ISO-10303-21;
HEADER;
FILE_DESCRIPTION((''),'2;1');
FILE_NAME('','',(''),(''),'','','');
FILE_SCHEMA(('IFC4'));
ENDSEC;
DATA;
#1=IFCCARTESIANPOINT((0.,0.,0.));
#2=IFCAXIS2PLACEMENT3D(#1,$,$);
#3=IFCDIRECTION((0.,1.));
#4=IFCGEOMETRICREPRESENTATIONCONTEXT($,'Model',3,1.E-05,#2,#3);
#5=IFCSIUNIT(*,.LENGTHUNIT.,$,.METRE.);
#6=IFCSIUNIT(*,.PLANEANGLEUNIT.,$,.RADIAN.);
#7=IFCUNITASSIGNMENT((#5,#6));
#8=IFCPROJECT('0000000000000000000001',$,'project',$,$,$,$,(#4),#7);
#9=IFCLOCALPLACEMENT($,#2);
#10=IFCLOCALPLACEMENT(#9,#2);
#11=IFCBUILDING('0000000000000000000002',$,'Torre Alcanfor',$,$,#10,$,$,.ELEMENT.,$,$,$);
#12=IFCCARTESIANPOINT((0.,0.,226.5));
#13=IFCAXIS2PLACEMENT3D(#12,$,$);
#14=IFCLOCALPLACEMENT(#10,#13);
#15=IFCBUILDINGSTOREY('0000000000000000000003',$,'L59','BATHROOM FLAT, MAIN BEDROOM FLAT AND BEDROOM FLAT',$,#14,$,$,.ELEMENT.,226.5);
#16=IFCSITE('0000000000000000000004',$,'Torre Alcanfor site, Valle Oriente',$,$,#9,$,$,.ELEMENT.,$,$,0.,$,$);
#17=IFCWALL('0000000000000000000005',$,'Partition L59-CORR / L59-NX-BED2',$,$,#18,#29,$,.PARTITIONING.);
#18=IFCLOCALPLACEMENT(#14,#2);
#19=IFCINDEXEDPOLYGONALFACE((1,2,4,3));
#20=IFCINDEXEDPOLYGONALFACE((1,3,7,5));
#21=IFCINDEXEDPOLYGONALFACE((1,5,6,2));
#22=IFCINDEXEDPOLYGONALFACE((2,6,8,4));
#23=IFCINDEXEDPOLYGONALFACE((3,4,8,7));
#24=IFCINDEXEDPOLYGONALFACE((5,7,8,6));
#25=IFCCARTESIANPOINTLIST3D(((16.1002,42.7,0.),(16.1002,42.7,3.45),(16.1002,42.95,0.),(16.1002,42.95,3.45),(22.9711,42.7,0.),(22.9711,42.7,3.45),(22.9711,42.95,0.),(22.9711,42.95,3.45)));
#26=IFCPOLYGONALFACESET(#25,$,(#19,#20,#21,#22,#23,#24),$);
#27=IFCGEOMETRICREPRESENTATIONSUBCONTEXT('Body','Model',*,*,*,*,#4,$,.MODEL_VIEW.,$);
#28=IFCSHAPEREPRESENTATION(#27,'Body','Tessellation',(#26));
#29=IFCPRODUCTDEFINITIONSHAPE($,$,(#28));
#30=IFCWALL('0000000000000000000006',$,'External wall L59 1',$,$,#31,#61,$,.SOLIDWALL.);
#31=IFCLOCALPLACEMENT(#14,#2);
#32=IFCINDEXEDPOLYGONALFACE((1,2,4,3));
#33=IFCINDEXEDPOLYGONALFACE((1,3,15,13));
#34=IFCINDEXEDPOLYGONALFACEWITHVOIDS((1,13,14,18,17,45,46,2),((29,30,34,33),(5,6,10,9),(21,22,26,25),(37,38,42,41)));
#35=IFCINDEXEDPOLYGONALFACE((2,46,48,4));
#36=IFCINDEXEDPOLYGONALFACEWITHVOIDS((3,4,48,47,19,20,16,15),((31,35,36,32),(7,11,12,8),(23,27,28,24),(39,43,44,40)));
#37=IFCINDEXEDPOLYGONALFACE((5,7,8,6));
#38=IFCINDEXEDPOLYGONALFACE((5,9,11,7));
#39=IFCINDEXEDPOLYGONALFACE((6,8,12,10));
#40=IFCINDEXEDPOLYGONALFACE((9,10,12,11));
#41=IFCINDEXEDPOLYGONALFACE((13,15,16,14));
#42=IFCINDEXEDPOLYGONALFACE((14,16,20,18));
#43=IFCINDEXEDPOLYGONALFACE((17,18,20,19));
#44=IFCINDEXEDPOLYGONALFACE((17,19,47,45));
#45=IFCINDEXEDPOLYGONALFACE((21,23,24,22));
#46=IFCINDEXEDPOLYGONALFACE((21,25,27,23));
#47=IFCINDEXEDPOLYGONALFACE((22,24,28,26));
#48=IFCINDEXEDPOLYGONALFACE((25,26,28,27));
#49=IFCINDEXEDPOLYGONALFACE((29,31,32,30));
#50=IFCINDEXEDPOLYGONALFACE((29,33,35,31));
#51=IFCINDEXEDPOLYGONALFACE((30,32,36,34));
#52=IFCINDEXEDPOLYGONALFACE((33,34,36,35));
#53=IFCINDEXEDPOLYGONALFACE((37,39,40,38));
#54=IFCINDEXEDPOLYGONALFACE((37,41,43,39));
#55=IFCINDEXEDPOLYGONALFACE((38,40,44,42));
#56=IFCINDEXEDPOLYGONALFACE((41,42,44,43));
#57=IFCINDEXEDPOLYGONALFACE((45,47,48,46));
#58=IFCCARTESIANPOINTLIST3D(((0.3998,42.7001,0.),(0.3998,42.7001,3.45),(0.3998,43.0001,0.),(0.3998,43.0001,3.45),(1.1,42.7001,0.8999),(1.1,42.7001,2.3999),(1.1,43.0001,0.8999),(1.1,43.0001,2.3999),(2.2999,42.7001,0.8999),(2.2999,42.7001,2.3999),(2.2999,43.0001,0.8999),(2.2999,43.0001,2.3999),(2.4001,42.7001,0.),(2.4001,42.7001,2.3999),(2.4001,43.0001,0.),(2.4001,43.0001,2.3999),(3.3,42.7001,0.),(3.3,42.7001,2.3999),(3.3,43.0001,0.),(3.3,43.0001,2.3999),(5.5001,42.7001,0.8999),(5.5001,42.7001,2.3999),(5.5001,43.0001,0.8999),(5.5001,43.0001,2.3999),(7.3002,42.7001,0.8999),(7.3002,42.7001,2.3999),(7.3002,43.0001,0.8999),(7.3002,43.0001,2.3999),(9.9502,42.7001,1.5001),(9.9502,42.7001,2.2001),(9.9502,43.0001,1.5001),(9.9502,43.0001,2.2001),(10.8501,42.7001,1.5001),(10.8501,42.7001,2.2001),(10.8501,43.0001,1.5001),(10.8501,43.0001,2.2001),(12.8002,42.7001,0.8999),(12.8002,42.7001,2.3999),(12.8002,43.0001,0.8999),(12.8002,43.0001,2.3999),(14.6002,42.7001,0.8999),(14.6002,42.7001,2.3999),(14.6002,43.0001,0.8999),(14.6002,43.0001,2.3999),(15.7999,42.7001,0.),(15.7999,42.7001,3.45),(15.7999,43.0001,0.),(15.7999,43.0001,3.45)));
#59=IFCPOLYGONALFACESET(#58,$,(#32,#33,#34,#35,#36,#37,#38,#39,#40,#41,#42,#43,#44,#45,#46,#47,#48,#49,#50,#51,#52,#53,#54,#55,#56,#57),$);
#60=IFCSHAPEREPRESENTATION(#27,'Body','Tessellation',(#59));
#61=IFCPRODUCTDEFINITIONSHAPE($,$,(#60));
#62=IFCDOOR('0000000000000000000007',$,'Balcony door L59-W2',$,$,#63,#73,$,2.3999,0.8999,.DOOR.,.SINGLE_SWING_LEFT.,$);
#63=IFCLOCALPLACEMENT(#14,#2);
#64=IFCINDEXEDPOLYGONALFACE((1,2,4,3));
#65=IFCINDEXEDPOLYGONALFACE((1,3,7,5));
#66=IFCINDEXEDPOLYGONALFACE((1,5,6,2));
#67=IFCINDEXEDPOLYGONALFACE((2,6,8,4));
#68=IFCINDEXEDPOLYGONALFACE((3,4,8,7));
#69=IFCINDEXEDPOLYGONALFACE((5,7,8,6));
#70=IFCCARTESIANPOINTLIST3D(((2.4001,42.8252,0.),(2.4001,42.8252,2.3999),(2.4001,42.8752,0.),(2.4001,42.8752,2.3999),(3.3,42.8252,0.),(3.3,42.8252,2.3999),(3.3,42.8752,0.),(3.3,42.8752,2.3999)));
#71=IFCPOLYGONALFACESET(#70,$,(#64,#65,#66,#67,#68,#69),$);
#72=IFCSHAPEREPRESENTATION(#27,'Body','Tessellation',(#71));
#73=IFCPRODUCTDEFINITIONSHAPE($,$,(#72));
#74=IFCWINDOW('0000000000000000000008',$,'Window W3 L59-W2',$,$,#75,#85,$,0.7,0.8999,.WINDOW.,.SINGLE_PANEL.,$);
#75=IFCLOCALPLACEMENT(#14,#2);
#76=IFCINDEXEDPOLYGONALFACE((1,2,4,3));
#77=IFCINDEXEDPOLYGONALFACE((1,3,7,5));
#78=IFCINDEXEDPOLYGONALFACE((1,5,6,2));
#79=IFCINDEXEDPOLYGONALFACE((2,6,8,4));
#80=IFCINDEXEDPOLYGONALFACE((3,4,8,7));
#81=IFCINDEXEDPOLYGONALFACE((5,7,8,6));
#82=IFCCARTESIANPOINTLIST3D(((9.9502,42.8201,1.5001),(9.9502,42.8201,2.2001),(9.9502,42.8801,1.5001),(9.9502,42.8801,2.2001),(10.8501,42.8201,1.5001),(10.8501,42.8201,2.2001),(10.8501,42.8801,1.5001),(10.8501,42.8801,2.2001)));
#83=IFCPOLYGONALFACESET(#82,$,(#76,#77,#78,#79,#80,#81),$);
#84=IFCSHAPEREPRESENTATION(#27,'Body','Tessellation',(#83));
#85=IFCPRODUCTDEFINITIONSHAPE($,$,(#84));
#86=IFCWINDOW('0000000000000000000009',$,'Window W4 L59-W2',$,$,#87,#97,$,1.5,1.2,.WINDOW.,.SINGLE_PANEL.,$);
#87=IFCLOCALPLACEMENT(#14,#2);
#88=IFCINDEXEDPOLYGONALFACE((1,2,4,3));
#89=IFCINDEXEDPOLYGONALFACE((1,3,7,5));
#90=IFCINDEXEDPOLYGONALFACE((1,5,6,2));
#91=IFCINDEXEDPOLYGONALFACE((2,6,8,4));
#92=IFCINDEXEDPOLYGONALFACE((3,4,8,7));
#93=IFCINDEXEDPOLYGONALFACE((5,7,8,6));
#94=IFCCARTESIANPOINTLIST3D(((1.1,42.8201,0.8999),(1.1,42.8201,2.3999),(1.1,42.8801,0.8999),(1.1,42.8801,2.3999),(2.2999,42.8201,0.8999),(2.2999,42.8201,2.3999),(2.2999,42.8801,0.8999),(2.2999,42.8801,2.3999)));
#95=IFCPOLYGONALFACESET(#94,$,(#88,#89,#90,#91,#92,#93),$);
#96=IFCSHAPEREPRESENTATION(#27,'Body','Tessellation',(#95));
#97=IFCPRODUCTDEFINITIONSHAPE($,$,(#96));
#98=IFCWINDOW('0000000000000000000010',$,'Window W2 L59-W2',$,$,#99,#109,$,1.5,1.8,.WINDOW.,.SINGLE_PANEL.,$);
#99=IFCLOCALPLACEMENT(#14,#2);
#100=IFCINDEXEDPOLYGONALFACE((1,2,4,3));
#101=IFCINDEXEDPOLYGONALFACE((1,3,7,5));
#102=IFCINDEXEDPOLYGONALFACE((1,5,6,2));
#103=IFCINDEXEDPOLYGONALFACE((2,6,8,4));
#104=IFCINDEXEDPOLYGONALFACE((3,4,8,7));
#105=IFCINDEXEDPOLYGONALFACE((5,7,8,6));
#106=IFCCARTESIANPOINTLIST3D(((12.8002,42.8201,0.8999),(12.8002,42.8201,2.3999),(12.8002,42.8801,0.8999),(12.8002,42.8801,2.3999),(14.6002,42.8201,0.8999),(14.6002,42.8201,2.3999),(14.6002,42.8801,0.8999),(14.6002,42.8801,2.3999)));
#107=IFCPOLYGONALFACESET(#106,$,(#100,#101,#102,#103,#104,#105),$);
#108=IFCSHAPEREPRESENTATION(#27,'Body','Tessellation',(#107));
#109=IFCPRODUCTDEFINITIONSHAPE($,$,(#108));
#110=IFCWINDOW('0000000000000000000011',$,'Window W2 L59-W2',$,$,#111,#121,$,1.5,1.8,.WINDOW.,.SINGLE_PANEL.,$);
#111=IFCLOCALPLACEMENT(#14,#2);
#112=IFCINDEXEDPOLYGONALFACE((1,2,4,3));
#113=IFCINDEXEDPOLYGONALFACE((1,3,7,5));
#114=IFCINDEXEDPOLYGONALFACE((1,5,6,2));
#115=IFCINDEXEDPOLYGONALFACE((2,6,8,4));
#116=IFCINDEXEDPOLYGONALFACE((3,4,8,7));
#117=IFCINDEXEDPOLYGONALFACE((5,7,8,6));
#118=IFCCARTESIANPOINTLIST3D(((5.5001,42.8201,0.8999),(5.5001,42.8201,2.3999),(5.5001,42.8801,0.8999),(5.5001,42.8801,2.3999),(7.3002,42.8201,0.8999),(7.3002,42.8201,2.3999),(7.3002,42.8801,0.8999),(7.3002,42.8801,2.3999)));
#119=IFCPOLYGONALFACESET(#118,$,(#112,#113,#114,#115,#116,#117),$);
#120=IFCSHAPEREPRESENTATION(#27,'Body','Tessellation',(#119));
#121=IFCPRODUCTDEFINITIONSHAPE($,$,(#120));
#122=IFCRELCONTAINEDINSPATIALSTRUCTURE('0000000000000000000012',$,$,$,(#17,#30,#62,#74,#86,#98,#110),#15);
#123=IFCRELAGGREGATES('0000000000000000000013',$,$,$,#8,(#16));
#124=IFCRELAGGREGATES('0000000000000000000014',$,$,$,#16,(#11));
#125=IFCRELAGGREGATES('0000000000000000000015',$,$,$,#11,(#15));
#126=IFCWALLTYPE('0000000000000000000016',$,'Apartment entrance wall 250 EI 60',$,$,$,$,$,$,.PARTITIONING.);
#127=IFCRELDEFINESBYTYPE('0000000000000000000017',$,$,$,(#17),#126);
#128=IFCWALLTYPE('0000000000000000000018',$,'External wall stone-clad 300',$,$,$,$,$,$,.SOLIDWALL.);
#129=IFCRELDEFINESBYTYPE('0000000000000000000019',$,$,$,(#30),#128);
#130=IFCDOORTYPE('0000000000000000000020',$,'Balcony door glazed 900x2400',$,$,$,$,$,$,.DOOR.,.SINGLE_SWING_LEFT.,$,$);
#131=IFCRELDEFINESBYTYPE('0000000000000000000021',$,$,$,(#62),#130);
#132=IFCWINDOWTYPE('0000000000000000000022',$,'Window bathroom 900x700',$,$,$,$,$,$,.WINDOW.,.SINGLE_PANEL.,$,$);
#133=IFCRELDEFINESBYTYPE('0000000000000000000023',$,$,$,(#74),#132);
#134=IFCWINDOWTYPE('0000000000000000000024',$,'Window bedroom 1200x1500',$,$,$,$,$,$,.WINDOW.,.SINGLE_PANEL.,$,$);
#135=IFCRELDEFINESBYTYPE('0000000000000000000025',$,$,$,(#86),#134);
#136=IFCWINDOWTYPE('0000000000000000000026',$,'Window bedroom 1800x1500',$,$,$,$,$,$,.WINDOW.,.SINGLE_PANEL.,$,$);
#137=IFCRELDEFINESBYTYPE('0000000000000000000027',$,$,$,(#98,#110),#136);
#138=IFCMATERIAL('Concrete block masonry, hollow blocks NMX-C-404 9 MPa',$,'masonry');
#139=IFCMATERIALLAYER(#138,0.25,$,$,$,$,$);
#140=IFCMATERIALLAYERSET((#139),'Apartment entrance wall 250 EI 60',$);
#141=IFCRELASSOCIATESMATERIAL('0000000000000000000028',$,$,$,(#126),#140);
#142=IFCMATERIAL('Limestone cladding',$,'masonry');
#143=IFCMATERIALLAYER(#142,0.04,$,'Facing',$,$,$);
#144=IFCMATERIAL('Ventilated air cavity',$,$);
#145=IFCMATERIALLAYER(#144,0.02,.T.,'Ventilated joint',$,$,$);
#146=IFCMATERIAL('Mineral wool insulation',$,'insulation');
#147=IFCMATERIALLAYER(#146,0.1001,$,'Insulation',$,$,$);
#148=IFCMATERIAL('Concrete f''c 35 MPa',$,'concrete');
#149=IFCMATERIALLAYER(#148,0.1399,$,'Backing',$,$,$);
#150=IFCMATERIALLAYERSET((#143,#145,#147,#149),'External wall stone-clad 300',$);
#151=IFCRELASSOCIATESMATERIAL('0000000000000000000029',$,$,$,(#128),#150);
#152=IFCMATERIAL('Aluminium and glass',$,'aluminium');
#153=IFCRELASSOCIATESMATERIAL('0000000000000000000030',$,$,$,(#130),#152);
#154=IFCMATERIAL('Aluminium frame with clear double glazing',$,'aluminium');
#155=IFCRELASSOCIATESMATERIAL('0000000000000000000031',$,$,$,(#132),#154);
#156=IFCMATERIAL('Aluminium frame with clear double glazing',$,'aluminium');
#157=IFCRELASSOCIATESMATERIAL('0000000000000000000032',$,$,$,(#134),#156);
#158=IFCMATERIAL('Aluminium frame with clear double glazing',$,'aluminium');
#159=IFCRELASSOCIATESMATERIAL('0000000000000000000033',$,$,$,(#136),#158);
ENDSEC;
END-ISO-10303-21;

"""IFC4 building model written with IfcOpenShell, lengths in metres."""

from ifc_helpers import new_model, si_unit, direction, frame, frame_2d, origin, place, context, subcontext, project, spatial, rectangle, extrude, material, layer, layer_set, type_object, element, fill, save


model = new_model("IFC4")

# Units and contexts
model_context = context("Model", 3, precision=1e-05, world=origin(), true_north=direction((0.0, 1.0)))
body_context = subcontext(model_context, "Body", "Model", "MODEL_VIEW")
ifc_project = project(units=[si_unit("LENGTHUNIT", "METRE"), si_unit("PLANEANGLEUNIT", "RADIAN")], contexts=[model_context])

# Site, building, storey
site_placement = place(None, origin())
site = spatial("IfcSite", under=ifc_project, at=site_placement, Name="Torre Alcanfor site, Valle Oriente", CompositionType="ELEMENT", RefElevation=0.0)
building_placement = place(site_placement, origin())
building = spatial("IfcBuilding", under=site, at=building_placement, Name="Torre Alcanfor", CompositionType="ELEMENT")
storey_placement = place(building_placement, frame((0.0, 0.0, 226.5)))
storey = spatial("IfcBuildingStorey", under=building, at=storey_placement, Name="L59", Description="BATHROOM FLAT, MAIN BEDROOM FLAT AND BEDROOM FLAT", CompositionType="ELEMENT", Elevation=226.5)

# Wall
ifc_material_1 = material(Name="Concrete block masonry, hollow blocks NMX-C-404 9 MPa", Category="masonry")
ifc_layer_1 = layer(ifc_material_1, 0.25)
ifc_layer_set_1 = layer_set([ifc_layer_1], Name="Apartment entrance wall 250 EI 60")
wall_type_1 = type_object("IfcWallType", Name="Apartment entrance wall 250 EI 60", PredefinedType="PARTITIONING", material=ifc_layer_set_1)
wall_1_placement = place(storey_placement, frame((16.1001, 42.825, 0.0), z_axis=(0.0, 0.0, 1.0), x_axis=(1.0, 0.0, 0.0)))
element("IfcWall", 1, at=wall_1_placement, inside=storey, type_object=wall_type_1, Name="Partition L59-CORR / L59-NX-BED2", PredefinedType="PARTITIONING", context=body_context, shape_type="SweptSolid", body=[
    extrude(rectangle(XDim=6.8708, YDim=0.25, at=frame_2d((3.4355, 0.0))), origin(), (0.0, 0.0, 1.0), 3.45),
])

# Wall, openings, door, windows
ifc_material_2 = material(Name="Limestone cladding", Category="masonry")
ifc_layer_2 = layer(ifc_material_2, 0.04, Name="Facing")
ifc_material_3 = material(Name="Ventilated air cavity")
ifc_layer_3 = layer(ifc_material_3, 0.02, ventilated=True, Name="Ventilated joint")
ifc_material_4 = material(Name="Mineral wool insulation", Category="insulation")
ifc_layer_4 = layer(ifc_material_4, 0.1001, Name="Insulation")
ifc_material_5 = material(Name="Concrete f'c 35 MPa", Category="concrete")
ifc_layer_5 = layer(ifc_material_5, 0.1399, Name="Backing")
ifc_layer_set_2 = layer_set([ifc_layer_2, ifc_layer_3, ifc_layer_4, ifc_layer_5], Name="External wall stone-clad 300")
wall_type_2 = type_object("IfcWallType", Name="External wall stone-clad 300", PredefinedType="SOLIDWALL", material=ifc_layer_set_2)
wall_2_placement = place(storey_placement, frame((15.8, 42.8501, 0.0), z_axis=(0.0, 0.0, 1.0), x_axis=(-1.0, 0.0, 0.0)))
wall_2 = element("IfcWall", 2, at=wall_2_placement, inside=storey, type_object=wall_type_2, Name="External wall L59 1", PredefinedType="SOLIDWALL", context=body_context, shape_type="SweptSolid", body=[
    extrude(rectangle(XDim=15.4001, YDim=0.3, at=frame_2d((7.7002, 0.0))), origin(), (0.0, 0.0, 1.0), 3.45),
])
opening_1_placement = place(wall_2_placement, frame((1.2, 0.0, 0.8999)))
opening_1 = element("IfcOpeningElement", 3, at=opening_1_placement, cuts=wall_2, PredefinedType="OPENING", context=body_context, shape_type="SweptSolid", body=[
    extrude(rectangle(XDim=1.8, YDim=1.5, at=frame_2d((0.8999, 0.75))), frame((0.0, 0.1599, 0.0), z_axis=(0.0, -1.0, 0.0), x_axis=(1.0, 0.0, 0.0)), (0.0, 0.0, 1.0), 0.3201),
])
opening_2_placement = place(wall_2_placement, frame((4.95, 0.0, 1.5)))
opening_2 = element("IfcOpeningElement", 4, at=opening_2_placement, cuts=wall_2, PredefinedType="OPENING", context=body_context, shape_type="SweptSolid", body=[
    extrude(rectangle(XDim=0.8999, YDim=0.7, at=frame_2d((0.45, 0.3501))), frame((0.0, 0.1599, 0.0), z_axis=(0.0, -1.0, 0.0), x_axis=(1.0, 0.0, 0.0)), (0.0, 0.0, 1.0), 0.3201),
])
opening_3_placement = place(wall_2_placement, frame((8.5, 0.0, 0.8999)))
opening_3 = element("IfcOpeningElement", 5, at=opening_3_placement, cuts=wall_2, PredefinedType="OPENING", context=body_context, shape_type="SweptSolid", body=[
    extrude(rectangle(XDim=1.8, YDim=1.5, at=frame_2d((0.8999, 0.75))), frame((0.0, 0.1599, 0.0), z_axis=(0.0, -1.0, 0.0), x_axis=(1.0, 0.0, 0.0)), (0.0, 0.0, 1.0), 0.3201),
])
opening_4_placement = place(wall_2_placement, frame((12.5, 0.0, 0.0)))
opening_4 = element("IfcOpeningElement", 6, at=opening_4_placement, cuts=wall_2, PredefinedType="OPENING", context=body_context, shape_type="SweptSolid", body=[
    extrude(rectangle(XDim=0.8999, YDim=2.3999, at=frame_2d((0.45, 1.2))), frame((0.0, 0.1599, 0.0), z_axis=(0.0, -1.0, 0.0), x_axis=(1.0, 0.0, 0.0)), (0.0, 0.0, 1.0), 0.3201),
])
opening_5_placement = place(wall_2_placement, frame((13.5, 0.0, 0.8999)))
opening_5 = element("IfcOpeningElement", 7, at=opening_5_placement, cuts=wall_2, PredefinedType="OPENING", context=body_context, shape_type="SweptSolid", body=[
    extrude(rectangle(XDim=1.2, YDim=1.5, at=frame_2d((0.6001, 0.75))), frame((0.0, 0.1599, 0.0), z_axis=(0.0, -1.0, 0.0), x_axis=(1.0, 0.0, 0.0)), (0.0, 0.0, 1.0), 0.3201),
])
ifc_material_6 = material(Name="Aluminium and glass", Category="aluminium")
door_type = type_object("IfcDoorType", Name="Balcony door glazed 900x2400", OperationType="SINGLE_SWING_LEFT", PredefinedType="DOOR", material=ifc_material_6)
door_placement = place(opening_4_placement, origin())
door = element("IfcDoor", 8, at=door_placement, inside=storey, type_object=door_type, Name="Balcony door L59-W2", OperationType="SINGLE_SWING_LEFT", OverallHeight=2.3999, OverallWidth=0.8999, PredefinedType="DOOR", context=body_context, shape_type="SweptSolid", body=[
    extrude(rectangle(XDim=0.8999, YDim=2.3999, at=frame_2d((0.45, 1.2))), frame((0.0, 0.0249, 0.0), z_axis=(0.0, -1.0, 0.0), x_axis=(1.0, 0.0, 0.0)), (0.0, 0.0, 1.0), 0.05),
])
fill(opening_4, door)
ifc_material_7 = material(Name="Aluminium frame with clear double glazing", Category="aluminium")
window_type_1 = type_object("IfcWindowType", Name="Window bathroom 900x700", PartitioningType="SINGLE_PANEL", PredefinedType="WINDOW", material=ifc_material_7)
window_1_placement = place(opening_2_placement, origin())
window_1 = element("IfcWindow", 9, at=window_1_placement, inside=storey, type_object=window_type_1, Name="Window W3 L59-W2", OverallHeight=0.7, OverallWidth=0.8999, PartitioningType="SINGLE_PANEL", PredefinedType="WINDOW", context=body_context, shape_type="SweptSolid", body=[
    extrude(rectangle(XDim=0.8999, YDim=0.7, at=frame_2d((0.45, 0.3501))), frame((0.0, 0.03, 0.0), z_axis=(0.0, -1.0, 0.0), x_axis=(1.0, 0.0, 0.0)), (0.0, 0.0, 1.0), 0.0601),
])
fill(opening_2, window_1)
ifc_material_8 = material(Name="Aluminium frame with clear double glazing", Category="aluminium")
window_type_2 = type_object("IfcWindowType", Name="Window bedroom 1200x1500", PartitioningType="SINGLE_PANEL", PredefinedType="WINDOW", material=ifc_material_8)
window_2_placement = place(opening_5_placement, origin())
window_2 = element("IfcWindow", 10, at=window_2_placement, inside=storey, type_object=window_type_2, Name="Window W4 L59-W2", OverallHeight=1.5, OverallWidth=1.2, PartitioningType="SINGLE_PANEL", PredefinedType="WINDOW", context=body_context, shape_type="SweptSolid", body=[
    extrude(rectangle(XDim=1.2, YDim=1.5, at=frame_2d((0.6001, 0.75))), frame((0.0, 0.03, 0.0), z_axis=(0.0, -1.0, 0.0), x_axis=(1.0, 0.0, 0.0)), (0.0, 0.0, 1.0), 0.0601),
])
fill(opening_5, window_2)
ifc_material_9 = material(Name="Aluminium frame with clear double glazing", Category="aluminium")
window_type_3 = type_object("IfcWindowType", Name="Window bedroom 1800x1500", PartitioningType="SINGLE_PANEL", PredefinedType="WINDOW", material=ifc_material_9)
window_3_placement = place(opening_1_placement, origin())
window_3 = element("IfcWindow", 11, at=window_3_placement, inside=storey, type_object=window_type_3, Name="Window W2 L59-W2", OverallHeight=1.5, OverallWidth=1.8, PartitioningType="SINGLE_PANEL", PredefinedType="WINDOW", context=body_context, shape_type="SweptSolid", body=[
    extrude(rectangle(XDim=1.8, YDim=1.5, at=frame_2d((0.8999, 0.75))), frame((0.0, 0.03, 0.0), z_axis=(0.0, -1.0, 0.0), x_axis=(1.0, 0.0, 0.0)), (0.0, 0.0, 1.0), 0.0601),
])
fill(opening_1, window_3)
window_4_placement = place(opening_3_placement, origin())
window_4 = element("IfcWindow", 12, at=window_4_placement, inside=storey, type_object=window_type_3, Name="Window W2 L59-W2", OverallHeight=1.5, OverallWidth=1.8, PartitioningType="SINGLE_PANEL", PredefinedType="WINDOW", context=body_context, shape_type="SweptSolid", body=[
    extrude(rectangle(XDim=1.8, YDim=1.5, at=frame_2d((0.8999, 0.75))), frame((0.0, 0.03, 0.0), z_axis=(0.0, -1.0, 0.0), x_axis=(1.0, 0.0, 0.0)), (0.0, 0.0, 1.0), 0.0601),
])
fill(opening_3, window_4)

save(model, "model.ifc")
